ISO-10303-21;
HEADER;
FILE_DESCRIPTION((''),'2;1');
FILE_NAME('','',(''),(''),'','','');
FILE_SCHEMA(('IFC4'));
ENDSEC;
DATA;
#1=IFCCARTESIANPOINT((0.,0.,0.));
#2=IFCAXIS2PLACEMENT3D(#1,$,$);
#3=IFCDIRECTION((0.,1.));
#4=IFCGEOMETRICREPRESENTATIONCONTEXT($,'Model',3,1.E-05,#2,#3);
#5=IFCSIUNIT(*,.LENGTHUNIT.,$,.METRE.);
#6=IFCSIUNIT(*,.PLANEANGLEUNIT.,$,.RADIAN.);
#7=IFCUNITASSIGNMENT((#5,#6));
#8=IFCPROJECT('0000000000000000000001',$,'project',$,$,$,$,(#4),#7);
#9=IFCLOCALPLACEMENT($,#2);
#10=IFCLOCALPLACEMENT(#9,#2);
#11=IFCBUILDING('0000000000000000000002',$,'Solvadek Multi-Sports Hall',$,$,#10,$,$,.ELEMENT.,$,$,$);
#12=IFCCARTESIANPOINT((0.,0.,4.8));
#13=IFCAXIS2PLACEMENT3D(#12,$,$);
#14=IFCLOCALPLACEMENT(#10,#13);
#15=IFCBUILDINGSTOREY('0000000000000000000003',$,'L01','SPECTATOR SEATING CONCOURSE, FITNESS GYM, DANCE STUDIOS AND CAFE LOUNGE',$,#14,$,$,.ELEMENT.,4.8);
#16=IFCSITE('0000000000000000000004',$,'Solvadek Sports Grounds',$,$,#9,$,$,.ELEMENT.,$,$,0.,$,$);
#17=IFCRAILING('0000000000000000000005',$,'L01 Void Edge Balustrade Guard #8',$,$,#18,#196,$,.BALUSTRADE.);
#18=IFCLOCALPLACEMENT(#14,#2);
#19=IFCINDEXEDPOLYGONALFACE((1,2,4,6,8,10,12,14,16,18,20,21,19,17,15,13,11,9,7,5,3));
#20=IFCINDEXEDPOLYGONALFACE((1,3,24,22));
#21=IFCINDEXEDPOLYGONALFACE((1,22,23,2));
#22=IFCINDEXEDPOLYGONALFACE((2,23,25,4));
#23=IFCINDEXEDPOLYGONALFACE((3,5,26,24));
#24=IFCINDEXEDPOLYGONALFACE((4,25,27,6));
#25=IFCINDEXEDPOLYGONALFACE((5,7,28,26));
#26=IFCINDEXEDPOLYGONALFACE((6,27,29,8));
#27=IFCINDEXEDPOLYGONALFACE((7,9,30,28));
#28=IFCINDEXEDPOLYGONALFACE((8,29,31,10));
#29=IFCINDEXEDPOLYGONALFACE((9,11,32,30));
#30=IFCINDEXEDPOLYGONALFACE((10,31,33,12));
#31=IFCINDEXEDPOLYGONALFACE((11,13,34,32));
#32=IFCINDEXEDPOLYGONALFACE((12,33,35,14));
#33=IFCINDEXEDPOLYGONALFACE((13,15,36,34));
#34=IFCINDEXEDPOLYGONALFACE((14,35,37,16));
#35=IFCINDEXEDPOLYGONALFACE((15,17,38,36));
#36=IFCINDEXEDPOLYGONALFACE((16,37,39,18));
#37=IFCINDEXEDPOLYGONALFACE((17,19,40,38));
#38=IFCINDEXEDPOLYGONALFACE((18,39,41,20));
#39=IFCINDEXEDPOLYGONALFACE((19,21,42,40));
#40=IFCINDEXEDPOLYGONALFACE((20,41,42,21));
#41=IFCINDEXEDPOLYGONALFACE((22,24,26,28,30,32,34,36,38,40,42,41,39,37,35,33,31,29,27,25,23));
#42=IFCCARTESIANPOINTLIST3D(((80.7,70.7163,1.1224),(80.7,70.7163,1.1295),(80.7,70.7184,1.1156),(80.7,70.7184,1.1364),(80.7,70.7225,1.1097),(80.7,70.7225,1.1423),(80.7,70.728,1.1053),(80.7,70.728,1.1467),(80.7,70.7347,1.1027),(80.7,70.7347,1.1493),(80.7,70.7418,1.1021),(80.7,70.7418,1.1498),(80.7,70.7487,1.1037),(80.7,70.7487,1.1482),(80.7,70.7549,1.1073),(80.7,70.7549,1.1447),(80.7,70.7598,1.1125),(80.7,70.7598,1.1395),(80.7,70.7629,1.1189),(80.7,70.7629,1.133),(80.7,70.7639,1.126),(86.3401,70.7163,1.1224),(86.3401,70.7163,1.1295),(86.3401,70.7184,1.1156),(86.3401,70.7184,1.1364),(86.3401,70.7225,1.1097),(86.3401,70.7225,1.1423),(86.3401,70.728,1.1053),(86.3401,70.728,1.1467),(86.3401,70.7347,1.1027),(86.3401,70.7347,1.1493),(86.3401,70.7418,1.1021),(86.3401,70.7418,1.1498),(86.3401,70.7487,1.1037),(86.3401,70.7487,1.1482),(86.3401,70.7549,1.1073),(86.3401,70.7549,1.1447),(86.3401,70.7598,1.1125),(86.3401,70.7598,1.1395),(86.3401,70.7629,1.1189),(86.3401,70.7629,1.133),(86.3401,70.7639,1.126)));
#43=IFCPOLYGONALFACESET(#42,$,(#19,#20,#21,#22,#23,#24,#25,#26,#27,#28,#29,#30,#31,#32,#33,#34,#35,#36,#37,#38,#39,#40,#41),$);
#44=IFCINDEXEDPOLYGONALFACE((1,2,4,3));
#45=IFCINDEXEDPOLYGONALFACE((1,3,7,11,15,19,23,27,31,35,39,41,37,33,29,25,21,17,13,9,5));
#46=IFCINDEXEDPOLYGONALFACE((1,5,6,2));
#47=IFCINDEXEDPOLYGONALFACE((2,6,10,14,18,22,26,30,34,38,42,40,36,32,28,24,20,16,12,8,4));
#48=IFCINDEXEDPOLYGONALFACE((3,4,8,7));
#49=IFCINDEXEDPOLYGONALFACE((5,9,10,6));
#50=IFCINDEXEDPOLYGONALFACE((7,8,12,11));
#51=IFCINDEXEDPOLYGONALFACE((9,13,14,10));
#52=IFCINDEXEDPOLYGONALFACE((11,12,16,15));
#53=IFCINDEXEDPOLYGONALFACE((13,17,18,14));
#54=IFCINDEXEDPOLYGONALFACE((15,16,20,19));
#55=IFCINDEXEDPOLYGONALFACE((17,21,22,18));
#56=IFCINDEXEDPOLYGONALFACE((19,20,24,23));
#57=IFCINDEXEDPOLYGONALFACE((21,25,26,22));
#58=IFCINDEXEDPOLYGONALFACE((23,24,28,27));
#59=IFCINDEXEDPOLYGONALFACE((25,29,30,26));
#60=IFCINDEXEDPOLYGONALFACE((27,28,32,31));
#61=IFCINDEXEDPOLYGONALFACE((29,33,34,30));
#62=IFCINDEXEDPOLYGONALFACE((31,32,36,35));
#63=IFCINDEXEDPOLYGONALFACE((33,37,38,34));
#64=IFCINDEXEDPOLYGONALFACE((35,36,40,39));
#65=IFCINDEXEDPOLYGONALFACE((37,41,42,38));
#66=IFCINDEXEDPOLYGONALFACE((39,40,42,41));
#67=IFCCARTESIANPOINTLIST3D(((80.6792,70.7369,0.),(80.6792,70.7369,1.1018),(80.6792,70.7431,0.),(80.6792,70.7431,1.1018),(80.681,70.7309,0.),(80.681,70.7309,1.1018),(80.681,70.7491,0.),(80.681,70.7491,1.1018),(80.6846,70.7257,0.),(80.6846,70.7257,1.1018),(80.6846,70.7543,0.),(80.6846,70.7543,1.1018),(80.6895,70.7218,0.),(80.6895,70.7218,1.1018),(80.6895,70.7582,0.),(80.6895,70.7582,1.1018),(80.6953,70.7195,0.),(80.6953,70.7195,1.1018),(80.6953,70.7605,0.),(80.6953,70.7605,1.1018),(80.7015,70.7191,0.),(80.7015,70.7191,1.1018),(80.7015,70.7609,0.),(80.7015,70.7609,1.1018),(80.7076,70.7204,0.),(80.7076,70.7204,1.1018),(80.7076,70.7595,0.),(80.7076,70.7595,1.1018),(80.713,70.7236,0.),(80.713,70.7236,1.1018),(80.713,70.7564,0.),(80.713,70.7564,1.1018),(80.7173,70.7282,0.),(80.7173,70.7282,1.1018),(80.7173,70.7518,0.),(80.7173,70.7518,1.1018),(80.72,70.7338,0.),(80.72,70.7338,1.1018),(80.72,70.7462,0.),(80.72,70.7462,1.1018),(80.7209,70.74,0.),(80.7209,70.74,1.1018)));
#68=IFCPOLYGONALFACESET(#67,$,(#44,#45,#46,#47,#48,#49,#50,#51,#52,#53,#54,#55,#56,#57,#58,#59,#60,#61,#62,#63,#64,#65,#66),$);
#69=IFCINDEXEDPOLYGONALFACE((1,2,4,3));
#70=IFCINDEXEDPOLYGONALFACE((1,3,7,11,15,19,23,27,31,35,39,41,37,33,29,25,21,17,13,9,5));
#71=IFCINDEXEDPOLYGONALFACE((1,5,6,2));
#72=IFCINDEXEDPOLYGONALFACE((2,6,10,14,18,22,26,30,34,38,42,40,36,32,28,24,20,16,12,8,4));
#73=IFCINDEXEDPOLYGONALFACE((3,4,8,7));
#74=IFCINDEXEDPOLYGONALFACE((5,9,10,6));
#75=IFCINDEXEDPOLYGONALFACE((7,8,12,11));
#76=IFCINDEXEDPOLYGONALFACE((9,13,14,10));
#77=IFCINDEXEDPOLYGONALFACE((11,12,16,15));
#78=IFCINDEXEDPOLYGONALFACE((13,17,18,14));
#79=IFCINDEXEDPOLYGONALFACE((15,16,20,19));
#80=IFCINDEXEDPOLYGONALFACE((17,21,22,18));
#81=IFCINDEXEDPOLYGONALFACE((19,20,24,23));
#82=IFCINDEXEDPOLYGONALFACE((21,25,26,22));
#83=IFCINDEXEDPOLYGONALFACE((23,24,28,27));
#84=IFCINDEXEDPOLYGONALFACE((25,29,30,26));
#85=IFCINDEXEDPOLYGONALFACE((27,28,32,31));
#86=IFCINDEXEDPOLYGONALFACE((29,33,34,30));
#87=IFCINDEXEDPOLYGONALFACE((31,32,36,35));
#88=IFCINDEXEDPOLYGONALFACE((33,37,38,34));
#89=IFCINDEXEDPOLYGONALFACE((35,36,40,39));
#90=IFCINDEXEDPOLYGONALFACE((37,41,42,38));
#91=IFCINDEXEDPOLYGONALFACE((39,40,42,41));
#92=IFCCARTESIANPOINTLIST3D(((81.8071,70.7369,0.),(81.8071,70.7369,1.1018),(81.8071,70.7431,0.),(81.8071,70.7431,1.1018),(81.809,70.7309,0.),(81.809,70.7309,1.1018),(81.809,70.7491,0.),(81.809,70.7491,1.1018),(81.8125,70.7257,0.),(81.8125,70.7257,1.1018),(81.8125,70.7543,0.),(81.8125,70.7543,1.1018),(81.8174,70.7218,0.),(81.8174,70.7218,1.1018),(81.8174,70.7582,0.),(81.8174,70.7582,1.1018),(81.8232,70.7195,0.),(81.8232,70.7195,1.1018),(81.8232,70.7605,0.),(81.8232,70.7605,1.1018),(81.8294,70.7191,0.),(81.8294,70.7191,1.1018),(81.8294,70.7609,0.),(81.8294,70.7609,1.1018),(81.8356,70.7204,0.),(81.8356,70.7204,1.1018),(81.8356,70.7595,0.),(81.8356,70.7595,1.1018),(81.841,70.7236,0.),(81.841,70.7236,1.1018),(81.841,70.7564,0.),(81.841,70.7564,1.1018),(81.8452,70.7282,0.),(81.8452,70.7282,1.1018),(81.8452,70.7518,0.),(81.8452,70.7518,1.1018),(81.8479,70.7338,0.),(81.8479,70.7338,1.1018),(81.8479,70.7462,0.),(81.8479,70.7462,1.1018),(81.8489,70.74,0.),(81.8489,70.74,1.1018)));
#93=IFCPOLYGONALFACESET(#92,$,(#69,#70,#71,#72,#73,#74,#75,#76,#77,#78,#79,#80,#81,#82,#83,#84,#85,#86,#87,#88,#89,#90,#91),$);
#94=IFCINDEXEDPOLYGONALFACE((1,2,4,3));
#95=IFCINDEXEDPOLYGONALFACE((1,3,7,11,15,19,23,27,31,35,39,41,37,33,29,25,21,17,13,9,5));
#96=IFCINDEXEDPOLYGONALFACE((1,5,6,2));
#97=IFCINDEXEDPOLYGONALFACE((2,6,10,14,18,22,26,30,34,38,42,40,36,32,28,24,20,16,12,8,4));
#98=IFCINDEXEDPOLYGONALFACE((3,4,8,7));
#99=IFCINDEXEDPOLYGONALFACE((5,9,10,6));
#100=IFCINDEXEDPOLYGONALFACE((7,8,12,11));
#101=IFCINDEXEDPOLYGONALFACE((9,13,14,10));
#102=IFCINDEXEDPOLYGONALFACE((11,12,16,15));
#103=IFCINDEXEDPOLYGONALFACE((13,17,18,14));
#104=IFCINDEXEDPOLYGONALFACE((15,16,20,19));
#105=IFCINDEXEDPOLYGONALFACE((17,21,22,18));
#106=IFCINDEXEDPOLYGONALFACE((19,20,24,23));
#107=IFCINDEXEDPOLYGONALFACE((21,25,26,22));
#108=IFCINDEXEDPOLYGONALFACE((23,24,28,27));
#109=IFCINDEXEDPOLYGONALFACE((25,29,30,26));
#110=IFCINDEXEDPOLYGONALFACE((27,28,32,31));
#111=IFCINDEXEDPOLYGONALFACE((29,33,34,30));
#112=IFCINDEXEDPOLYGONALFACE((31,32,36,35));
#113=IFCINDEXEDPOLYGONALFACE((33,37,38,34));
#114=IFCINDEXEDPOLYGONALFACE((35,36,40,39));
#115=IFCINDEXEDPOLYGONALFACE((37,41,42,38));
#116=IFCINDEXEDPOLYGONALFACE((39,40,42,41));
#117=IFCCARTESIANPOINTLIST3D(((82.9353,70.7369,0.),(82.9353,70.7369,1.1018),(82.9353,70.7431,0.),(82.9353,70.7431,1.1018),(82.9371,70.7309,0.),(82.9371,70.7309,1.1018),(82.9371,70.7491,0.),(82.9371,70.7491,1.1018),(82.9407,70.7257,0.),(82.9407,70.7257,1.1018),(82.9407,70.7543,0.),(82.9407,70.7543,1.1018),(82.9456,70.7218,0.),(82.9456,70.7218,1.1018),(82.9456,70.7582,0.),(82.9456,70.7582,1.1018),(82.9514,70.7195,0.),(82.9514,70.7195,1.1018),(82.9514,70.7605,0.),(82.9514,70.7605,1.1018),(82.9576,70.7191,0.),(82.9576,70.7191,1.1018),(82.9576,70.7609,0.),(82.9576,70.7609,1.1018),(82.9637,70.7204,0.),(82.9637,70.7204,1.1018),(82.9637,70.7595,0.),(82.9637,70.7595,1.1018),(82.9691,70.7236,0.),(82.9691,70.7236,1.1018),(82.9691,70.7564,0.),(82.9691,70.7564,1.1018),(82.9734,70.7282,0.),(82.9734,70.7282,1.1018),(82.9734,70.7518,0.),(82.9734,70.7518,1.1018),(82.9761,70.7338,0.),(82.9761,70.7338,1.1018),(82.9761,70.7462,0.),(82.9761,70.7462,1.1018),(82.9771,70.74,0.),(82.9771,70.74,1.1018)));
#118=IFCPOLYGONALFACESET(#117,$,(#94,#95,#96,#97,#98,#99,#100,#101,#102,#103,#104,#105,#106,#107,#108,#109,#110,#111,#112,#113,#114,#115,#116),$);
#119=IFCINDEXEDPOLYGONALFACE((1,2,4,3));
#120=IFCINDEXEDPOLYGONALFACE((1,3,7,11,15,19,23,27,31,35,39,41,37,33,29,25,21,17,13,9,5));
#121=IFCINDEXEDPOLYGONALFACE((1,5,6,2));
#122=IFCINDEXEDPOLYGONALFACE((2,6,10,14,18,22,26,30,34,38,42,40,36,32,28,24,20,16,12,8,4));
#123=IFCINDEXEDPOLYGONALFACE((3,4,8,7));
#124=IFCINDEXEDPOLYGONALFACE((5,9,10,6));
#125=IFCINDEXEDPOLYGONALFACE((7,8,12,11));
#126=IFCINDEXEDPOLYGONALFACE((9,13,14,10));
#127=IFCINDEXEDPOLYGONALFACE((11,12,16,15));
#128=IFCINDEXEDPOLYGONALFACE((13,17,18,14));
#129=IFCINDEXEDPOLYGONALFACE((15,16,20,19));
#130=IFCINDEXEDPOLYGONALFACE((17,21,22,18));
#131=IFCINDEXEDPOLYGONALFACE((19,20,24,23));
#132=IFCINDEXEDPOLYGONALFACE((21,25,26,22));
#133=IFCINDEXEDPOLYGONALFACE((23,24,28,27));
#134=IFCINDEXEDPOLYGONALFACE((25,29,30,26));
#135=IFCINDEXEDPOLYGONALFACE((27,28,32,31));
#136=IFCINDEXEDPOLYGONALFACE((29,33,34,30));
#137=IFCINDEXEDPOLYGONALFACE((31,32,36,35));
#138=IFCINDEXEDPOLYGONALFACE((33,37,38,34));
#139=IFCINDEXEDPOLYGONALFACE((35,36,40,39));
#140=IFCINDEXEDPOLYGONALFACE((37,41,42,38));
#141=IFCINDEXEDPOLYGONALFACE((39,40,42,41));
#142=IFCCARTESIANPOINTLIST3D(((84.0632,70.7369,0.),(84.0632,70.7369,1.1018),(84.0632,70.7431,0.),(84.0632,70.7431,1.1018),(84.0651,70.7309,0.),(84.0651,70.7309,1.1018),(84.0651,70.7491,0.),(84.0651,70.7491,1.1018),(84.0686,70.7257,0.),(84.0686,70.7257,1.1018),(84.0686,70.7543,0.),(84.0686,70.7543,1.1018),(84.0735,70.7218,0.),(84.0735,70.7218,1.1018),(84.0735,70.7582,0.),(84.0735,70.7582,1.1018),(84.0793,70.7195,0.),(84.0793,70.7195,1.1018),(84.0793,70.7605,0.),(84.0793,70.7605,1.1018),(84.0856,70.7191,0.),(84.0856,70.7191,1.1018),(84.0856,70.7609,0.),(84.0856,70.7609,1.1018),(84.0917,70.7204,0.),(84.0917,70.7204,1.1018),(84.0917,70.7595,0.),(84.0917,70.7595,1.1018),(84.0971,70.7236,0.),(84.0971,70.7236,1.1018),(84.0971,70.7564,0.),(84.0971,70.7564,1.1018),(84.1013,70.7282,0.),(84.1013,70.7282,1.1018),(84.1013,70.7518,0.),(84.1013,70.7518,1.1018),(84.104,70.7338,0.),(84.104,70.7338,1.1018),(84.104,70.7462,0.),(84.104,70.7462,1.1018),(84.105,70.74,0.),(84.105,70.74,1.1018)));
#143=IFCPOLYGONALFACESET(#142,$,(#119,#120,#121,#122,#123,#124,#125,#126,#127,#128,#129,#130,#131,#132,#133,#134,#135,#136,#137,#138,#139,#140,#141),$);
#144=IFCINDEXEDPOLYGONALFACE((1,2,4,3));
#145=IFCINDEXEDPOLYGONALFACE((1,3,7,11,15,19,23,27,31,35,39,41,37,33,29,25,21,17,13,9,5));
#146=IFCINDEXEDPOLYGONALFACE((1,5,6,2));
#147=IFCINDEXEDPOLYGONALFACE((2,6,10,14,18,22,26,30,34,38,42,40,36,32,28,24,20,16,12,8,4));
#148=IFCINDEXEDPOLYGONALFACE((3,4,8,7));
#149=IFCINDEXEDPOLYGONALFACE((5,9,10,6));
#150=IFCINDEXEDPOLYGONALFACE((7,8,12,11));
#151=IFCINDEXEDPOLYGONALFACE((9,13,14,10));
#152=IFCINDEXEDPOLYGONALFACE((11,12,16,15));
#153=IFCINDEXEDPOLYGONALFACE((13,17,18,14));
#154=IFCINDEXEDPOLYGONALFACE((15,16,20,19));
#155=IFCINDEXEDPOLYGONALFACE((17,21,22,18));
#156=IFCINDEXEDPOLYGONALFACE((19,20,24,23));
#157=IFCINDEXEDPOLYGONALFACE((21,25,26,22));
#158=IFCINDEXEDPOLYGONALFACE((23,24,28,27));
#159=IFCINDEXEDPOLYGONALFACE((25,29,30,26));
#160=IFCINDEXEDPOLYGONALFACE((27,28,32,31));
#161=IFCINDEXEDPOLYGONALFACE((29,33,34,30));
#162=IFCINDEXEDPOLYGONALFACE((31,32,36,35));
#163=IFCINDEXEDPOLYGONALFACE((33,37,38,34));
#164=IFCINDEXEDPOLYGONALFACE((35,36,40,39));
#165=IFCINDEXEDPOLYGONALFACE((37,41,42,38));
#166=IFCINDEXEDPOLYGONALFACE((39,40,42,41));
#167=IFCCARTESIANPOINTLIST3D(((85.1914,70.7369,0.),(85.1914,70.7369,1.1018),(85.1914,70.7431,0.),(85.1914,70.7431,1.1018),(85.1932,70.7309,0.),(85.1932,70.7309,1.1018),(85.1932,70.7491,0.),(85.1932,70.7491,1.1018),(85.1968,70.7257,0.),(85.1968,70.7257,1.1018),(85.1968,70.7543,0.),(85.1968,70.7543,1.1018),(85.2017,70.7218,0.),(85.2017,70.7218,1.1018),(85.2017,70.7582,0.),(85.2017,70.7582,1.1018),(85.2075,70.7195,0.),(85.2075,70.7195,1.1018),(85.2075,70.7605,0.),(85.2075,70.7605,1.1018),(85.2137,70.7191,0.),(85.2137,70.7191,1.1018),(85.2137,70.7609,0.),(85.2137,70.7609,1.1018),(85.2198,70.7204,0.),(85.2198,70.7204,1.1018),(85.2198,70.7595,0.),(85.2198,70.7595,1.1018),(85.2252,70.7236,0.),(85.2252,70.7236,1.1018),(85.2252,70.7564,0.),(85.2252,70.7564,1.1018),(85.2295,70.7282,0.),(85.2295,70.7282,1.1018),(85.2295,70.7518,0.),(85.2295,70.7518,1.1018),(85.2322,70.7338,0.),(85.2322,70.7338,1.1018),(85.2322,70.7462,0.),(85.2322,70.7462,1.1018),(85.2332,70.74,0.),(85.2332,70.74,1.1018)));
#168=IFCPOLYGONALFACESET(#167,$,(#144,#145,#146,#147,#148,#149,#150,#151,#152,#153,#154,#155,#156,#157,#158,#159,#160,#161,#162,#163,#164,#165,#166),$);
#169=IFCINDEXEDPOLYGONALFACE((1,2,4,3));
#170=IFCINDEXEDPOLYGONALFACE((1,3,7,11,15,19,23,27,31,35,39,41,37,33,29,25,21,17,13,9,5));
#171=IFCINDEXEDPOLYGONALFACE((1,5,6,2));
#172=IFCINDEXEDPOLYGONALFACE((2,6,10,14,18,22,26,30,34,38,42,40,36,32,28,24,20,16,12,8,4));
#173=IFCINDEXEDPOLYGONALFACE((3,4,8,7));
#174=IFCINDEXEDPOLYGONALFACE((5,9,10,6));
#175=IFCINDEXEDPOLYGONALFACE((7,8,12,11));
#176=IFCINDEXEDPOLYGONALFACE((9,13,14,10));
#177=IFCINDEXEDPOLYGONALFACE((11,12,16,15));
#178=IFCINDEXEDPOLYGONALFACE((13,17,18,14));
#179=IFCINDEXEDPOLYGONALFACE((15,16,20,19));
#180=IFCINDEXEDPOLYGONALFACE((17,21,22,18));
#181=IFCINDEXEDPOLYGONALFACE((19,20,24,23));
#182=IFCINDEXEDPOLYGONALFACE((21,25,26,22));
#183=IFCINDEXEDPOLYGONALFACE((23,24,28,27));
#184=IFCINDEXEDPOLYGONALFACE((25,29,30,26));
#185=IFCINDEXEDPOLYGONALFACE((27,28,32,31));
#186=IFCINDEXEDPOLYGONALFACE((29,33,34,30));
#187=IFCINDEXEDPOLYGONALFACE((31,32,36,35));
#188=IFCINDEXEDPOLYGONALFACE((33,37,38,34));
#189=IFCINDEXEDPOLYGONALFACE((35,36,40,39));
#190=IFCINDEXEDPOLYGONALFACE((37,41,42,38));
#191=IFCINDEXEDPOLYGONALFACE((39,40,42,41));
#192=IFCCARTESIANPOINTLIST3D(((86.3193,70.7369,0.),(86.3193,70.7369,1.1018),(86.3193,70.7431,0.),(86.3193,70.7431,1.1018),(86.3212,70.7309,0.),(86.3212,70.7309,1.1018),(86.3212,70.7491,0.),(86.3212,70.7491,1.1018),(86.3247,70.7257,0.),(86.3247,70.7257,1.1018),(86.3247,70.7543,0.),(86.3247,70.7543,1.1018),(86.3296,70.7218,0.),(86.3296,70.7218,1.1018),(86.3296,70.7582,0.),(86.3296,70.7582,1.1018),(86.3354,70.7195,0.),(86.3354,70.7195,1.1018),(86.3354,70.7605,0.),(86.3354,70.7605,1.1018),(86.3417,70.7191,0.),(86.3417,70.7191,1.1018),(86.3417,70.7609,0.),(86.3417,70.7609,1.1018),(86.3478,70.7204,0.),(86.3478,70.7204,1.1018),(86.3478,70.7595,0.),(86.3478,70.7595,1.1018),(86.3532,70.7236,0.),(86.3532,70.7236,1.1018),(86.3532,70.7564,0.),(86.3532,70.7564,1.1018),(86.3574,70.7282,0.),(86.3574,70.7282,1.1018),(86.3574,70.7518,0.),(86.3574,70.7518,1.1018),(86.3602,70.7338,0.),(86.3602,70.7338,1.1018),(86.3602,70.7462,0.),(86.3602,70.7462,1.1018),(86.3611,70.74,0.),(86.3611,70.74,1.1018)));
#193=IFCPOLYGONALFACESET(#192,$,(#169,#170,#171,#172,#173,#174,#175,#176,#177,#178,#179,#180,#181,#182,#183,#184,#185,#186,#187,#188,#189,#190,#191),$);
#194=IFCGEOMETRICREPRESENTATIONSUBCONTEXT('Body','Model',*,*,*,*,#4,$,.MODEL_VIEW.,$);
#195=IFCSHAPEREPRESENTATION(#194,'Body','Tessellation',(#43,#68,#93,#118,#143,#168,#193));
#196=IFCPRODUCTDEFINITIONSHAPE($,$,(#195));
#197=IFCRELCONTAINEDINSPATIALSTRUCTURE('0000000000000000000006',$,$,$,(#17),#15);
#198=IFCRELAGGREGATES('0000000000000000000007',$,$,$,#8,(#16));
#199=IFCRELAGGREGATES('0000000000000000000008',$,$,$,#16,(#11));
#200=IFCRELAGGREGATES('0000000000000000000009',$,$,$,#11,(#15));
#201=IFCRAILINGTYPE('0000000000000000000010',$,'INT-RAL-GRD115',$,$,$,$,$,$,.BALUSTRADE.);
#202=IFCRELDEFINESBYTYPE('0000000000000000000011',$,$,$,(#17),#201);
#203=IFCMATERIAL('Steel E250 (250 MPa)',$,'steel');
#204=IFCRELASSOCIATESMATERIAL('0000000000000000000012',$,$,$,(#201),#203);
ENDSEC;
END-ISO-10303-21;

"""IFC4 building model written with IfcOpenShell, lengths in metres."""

from ifc_helpers import new_model, si_unit, direction, frame, origin, origin_2d, place, context, subcontext, project, spatial, circle, extrude, material, type_object, element, save


model = new_model("IFC4")

# Units and contexts
model_context = context("Model", 3, precision=1e-05, world=origin(), true_north=direction((0.0, 1.0)))
body_context = subcontext(model_context, "Body", "Model", "MODEL_VIEW")
ifc_project = project(units=[si_unit("LENGTHUNIT", "METRE"), si_unit("PLANEANGLEUNIT", "RADIAN")], contexts=[model_context])

# Site, building, storey
site_placement = place(None, origin())
site = spatial("IfcSite", under=ifc_project, at=site_placement, Name="Solvadek Sports Grounds", CompositionType="ELEMENT", RefElevation=0.0)
building_placement = place(site_placement, origin())
building = spatial("IfcBuilding", under=site, at=building_placement, Name="Solvadek Multi-Sports Hall", CompositionType="ELEMENT")
storey_placement = place(building_placement, frame((0.0, 0.0, 4.8)))
storey = spatial("IfcBuildingStorey", under=building, at=storey_placement, Name="L01", Description="SPECTATOR SEATING CONCOURSE, FITNESS GYM, DANCE STUDIOS AND CAFE LOUNGE", CompositionType="ELEMENT", Elevation=4.8)

# Shared definitions
ifc_material_1 = material(Name="Steel E250 (250 MPa)", Category="steel")

# Railing
railing_type = type_object("IfcRailingType", Name="INT-RAL-GRD115", PredefinedType="BALUSTRADE", material=ifc_material_1)
railing_1_placement = place(storey_placement, frame((80.7, 70.74, 0.0)))
element("IfcRailing", 1, at=railing_1_placement, inside=storey, type_object=railing_type, Name="L01 Void Edge Balustrade Guard #8", PredefinedType="BALUSTRADE", context=body_context, shape_type="SweptSolid", body=[
    extrude(circle(Radius=0.0239, at=origin_2d()), frame((0.0, 0.0, 1.126), z_axis=(1.0, 0.0, 0.0), x_axis=(0.0, 1.0, 0.0)), (0.0, 0.0, 1.0), 5.6401),
    extrude(circle(Radius=0.021, at=origin_2d()), origin(), (0.0, 0.0, 1.0), 1.1018),
    extrude(circle(Radius=0.021, at=origin_2d()), frame((1.1279, 0.0, 0.0)), (0.0, 0.0, 1.0), 1.1018),
    extrude(circle(Radius=0.021, at=origin_2d()), frame((2.2561, 0.0, 0.0)), (0.0, 0.0, 1.0), 1.1018),
    extrude(circle(Radius=0.021, at=origin_2d()), frame((3.384, 0.0, 0.0)), (0.0, 0.0, 1.0), 1.1018),
    extrude(circle(Radius=0.021, at=origin_2d()), frame((4.5122, 0.0, 0.0)), (0.0, 0.0, 1.0), 1.1018),
    extrude(circle(Radius=0.021, at=origin_2d()), frame((5.6401, 0.0, 0.0)), (0.0, 0.0, 1.0), 1.1018),
])

save(model, "model.ifc")
